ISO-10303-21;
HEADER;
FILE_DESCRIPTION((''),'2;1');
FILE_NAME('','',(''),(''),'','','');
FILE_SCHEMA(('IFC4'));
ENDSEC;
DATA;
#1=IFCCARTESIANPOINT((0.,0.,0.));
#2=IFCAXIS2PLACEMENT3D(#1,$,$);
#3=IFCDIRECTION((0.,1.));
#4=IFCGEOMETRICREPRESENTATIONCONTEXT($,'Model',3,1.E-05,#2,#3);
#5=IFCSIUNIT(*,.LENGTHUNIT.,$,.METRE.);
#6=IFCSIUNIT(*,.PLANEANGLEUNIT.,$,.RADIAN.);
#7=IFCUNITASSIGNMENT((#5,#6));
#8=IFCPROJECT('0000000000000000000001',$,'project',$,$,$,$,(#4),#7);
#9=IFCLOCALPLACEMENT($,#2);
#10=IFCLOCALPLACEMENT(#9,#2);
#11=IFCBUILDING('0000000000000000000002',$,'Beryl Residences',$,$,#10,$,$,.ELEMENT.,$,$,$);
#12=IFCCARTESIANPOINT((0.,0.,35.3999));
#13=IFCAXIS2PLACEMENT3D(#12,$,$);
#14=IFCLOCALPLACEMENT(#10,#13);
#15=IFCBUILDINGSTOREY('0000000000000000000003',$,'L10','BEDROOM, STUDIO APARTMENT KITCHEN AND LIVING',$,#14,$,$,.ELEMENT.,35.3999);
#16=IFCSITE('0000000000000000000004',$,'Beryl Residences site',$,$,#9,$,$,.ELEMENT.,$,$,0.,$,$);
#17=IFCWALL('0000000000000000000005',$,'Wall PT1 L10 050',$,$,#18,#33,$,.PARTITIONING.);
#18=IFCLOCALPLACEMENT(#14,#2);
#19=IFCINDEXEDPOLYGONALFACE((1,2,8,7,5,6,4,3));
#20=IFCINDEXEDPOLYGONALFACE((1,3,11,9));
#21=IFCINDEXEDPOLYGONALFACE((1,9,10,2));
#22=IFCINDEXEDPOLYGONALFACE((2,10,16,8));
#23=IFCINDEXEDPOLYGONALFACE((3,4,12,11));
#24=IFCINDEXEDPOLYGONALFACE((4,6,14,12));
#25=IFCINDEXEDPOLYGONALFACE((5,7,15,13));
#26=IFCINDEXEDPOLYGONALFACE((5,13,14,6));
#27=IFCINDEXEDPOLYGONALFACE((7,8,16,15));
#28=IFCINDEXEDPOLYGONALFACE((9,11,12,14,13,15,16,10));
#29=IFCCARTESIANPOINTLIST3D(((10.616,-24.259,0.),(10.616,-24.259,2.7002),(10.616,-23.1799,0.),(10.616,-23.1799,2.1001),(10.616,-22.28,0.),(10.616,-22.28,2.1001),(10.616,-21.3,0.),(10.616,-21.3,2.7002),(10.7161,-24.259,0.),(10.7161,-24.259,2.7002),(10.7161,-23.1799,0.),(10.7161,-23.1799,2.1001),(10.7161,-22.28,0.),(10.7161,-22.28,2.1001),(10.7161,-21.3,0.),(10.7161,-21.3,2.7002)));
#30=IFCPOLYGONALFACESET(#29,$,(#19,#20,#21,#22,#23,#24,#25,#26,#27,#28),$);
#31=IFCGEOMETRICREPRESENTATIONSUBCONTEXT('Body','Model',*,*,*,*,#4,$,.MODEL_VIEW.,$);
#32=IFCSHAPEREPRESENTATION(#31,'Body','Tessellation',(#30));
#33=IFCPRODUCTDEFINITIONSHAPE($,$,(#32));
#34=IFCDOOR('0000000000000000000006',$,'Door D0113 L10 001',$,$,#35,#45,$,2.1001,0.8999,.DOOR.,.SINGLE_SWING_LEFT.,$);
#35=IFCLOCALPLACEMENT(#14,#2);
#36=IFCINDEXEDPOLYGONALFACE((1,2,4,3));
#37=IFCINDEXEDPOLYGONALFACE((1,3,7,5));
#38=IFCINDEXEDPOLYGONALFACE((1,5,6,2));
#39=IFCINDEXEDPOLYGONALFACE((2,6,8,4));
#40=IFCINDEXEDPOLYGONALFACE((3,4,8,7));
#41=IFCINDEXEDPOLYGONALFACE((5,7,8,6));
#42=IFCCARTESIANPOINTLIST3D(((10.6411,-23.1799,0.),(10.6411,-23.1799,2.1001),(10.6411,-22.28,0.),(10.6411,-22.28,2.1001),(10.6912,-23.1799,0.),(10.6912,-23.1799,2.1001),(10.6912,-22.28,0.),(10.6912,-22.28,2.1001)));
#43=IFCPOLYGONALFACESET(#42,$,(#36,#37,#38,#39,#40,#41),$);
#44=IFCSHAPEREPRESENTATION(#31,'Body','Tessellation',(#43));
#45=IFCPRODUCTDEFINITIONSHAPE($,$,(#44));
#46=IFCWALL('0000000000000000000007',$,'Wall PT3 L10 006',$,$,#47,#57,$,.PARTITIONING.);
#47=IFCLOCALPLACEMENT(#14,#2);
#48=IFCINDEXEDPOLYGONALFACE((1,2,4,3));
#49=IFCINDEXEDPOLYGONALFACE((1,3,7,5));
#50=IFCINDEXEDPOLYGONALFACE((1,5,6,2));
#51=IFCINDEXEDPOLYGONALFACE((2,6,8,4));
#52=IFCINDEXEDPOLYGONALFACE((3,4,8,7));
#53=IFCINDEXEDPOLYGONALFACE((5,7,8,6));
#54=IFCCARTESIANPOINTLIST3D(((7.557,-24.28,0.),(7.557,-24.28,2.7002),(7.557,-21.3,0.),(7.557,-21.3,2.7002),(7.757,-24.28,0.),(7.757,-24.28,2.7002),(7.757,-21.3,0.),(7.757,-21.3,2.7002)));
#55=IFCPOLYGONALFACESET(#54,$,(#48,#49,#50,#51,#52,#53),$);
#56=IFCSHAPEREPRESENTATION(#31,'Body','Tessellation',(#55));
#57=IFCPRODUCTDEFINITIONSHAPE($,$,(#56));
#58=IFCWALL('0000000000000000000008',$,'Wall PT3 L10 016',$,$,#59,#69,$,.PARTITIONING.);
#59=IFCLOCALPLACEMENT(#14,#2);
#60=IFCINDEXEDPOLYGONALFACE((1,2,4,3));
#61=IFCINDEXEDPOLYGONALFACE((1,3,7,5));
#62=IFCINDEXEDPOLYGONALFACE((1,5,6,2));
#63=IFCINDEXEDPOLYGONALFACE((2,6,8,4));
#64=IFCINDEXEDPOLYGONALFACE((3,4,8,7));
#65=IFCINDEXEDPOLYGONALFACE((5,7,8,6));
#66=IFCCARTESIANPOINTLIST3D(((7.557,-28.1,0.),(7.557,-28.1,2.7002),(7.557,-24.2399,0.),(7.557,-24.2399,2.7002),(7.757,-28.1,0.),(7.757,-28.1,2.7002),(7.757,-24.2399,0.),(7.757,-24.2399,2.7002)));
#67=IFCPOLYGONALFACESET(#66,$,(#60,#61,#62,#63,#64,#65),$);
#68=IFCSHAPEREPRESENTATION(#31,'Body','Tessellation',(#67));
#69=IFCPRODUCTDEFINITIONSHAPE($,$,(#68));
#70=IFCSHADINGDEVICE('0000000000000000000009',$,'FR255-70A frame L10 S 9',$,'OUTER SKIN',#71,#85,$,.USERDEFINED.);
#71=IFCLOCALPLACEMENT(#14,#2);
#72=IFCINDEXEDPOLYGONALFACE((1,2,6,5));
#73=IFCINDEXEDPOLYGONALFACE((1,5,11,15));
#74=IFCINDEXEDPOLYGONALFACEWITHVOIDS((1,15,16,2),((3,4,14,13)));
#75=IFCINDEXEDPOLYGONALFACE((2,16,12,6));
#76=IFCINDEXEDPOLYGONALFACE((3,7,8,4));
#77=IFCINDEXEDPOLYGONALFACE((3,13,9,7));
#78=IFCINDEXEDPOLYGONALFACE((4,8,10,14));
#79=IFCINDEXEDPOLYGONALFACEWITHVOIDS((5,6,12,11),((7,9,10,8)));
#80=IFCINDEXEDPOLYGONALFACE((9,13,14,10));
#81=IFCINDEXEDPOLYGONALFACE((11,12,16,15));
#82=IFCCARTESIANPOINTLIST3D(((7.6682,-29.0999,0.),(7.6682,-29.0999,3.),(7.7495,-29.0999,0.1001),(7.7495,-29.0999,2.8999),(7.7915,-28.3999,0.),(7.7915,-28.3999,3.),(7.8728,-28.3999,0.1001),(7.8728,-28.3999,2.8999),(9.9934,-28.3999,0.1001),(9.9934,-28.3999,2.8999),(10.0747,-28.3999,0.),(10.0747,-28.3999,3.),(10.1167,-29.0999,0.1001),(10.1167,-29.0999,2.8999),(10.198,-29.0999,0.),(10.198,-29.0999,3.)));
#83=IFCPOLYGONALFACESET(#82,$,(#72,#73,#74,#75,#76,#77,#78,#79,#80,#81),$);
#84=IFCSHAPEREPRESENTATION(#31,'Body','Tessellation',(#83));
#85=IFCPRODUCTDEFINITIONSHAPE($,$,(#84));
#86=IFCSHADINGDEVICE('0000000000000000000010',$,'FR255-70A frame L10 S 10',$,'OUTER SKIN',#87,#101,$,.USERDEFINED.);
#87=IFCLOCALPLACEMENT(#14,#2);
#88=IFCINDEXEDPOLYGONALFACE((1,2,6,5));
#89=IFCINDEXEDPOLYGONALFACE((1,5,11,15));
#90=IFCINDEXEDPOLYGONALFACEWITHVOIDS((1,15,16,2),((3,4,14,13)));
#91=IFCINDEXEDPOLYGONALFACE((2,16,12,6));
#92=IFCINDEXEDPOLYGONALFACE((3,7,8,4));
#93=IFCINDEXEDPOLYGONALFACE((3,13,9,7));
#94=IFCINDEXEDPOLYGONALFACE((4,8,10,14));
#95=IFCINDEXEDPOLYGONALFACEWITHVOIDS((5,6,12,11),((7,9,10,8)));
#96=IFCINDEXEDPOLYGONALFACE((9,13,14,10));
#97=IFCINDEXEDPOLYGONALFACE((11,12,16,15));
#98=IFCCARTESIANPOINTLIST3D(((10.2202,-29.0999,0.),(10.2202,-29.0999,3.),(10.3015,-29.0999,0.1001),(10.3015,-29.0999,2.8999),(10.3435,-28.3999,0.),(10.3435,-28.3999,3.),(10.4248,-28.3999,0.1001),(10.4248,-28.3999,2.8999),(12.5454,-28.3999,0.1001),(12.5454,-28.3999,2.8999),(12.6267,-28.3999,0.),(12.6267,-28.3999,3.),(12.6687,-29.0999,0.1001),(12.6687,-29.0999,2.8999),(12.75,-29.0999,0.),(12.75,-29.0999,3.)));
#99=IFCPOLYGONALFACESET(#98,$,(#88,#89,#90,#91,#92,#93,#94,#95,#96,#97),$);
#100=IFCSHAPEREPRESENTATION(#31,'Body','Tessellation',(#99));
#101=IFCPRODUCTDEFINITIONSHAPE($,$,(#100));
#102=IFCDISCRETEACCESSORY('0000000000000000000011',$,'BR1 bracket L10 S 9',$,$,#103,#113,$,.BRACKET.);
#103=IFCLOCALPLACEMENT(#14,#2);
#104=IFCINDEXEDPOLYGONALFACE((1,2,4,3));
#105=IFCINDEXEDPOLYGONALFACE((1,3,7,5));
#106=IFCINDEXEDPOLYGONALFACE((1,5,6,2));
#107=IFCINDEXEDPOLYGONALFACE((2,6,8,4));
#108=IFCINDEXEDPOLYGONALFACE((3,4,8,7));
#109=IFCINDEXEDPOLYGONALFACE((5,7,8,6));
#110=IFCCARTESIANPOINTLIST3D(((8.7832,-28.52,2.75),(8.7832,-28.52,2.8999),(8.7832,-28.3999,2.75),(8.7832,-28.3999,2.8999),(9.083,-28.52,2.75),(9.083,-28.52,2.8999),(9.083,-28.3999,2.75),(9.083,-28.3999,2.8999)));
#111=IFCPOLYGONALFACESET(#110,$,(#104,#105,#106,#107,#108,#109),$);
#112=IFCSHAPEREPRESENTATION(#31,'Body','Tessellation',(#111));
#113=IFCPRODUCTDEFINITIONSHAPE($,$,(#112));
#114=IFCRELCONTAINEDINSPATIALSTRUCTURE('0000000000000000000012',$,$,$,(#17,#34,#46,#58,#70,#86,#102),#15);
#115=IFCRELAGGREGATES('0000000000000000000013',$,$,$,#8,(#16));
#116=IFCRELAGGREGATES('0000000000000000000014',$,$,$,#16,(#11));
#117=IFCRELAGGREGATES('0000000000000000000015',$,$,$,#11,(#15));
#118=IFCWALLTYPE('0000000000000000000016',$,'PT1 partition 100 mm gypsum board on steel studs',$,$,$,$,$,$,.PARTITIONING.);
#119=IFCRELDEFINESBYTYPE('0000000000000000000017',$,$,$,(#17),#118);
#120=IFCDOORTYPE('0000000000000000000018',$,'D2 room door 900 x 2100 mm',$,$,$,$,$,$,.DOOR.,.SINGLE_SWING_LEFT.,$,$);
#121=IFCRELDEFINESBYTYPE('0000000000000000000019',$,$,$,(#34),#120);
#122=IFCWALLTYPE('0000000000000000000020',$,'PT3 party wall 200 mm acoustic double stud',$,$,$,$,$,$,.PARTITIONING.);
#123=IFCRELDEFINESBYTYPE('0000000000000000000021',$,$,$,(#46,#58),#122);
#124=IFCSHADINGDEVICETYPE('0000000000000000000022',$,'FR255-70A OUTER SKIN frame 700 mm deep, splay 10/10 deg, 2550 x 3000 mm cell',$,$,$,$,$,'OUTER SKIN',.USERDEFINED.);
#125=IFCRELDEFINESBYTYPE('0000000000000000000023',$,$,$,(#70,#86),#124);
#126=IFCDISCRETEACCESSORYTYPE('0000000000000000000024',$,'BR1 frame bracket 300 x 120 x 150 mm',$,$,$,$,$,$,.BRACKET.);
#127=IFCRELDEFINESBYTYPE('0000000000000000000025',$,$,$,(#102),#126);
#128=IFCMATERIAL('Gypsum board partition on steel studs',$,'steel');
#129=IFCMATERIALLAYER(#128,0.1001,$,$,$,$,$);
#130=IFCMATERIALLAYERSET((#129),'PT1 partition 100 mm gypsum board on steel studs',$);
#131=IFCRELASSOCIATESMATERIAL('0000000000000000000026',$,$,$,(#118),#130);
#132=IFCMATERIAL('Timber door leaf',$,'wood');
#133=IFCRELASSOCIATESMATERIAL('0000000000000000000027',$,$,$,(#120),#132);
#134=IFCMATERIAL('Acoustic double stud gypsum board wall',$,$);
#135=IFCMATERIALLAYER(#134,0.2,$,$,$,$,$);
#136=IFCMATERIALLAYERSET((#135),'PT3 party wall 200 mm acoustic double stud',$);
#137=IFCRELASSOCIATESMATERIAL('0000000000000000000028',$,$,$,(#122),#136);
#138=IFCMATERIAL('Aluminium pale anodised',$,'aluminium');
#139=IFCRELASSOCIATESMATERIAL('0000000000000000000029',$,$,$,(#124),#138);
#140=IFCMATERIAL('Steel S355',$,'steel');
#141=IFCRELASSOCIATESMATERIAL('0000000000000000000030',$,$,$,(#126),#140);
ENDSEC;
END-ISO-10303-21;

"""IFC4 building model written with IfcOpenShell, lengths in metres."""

from ifc_helpers import new_model, entity, si_unit, direction, frame, frame_2d, origin, place, context, subcontext, project, spatial, polyline, rectangle, outline, extrude, source, transform, mapped, material, layer, layer_set, type_object, type_shapes, element, fill, save


model = new_model("IFC4")

# Units and contexts
model_context = context("Model", 3, precision=1e-05, world=origin(), true_north=direction((0.0, 1.0)))
body_context = subcontext(model_context, "Body", "Model", "MODEL_VIEW")
ifc_project = project(units=[si_unit("LENGTHUNIT", "METRE"), si_unit("PLANEANGLEUNIT", "RADIAN")], contexts=[model_context])

# Site, building, storey
site_placement = place(None, origin())
site = spatial("IfcSite", under=ifc_project, at=site_placement, Name="Beryl Residences site", CompositionType="ELEMENT", RefElevation=0.0)
building_placement = place(site_placement, origin())
building = spatial("IfcBuilding", under=site, at=building_placement, Name="Beryl Residences", CompositionType="ELEMENT")
storey_placement = place(building_placement, frame((0.0, 0.0, 35.3999)))
storey = spatial("IfcBuildingStorey", under=building, at=storey_placement, Name="L10", Description="BEDROOM, STUDIO APARTMENT KITCHEN AND LIVING", CompositionType="ELEMENT", Elevation=35.3999)

# Shared definitions
ifc_material_1 = material(Name="Gypsum board partition on steel studs", Category="steel")
ifc_layer_1 = layer(ifc_material_1, 0.1001)
ifc_layer_set_1 = layer_set([ifc_layer_1], Name="PT1 partition 100 mm gypsum board on steel studs")
wall_type_1 = type_object("IfcWallType", Name="PT1 partition 100 mm gypsum board on steel studs", PredefinedType="PARTITIONING", material=ifc_layer_set_1)

# Wall, opening, door
wall_1_placement = place(storey_placement, frame((10.666, -24.259, 0.0), z_axis=(0.0, 0.0, 1.0), x_axis=(0.0, 1.0, 0.0)))
wall_1 = element("IfcWall", 1, at=wall_1_placement, inside=storey, type_object=wall_type_1, Name="Wall PT1 L10 050", PredefinedType="PARTITIONING", context=body_context, shape_type="SweptSolid", body=[
    extrude(rectangle(XDim=2.959, YDim=0.1001, at=frame_2d((1.4795, 0.0))), origin(), (0.0, 0.0, 1.0), 2.7002),
])
opening_1_placement = place(wall_1_placement, frame((1.0791, 0.0, 0.0)))
opening_1 = element("IfcOpeningElement", 2, at=opening_1_placement, cuts=wall_1, PredefinedType="OPENING", context=body_context, shape_type="SweptSolid", body=[
    extrude(rectangle(XDim=0.8999, YDim=2.1001, at=frame_2d((0.45, 1.05))), frame((0.0, 0.0601, 0.0), z_axis=(0.0, -1.0, 0.0), x_axis=(1.0, 0.0, 0.0)), (0.0, 0.0, 1.0), 0.1201),
])
ifc_material_2 = material(Name="Timber door leaf", Category="wood")
door_type_1 = type_object("IfcDoorType", Name="D2 room door 900 x 2100 mm", OperationType="SINGLE_SWING_LEFT", PredefinedType="DOOR", material=ifc_material_2)
door_1_placement = place(opening_1_placement, origin())
door_1 = element("IfcDoor", 3, at=door_1_placement, inside=storey, type_object=door_type_1, Name="Door D0113 L10 001", OperationType="SINGLE_SWING_LEFT", OverallHeight=2.1001, OverallWidth=0.8999, PredefinedType="DOOR", context=body_context, shape_type="SweptSolid", body=[
    extrude(rectangle(XDim=0.8999, YDim=2.1001, at=frame_2d((0.45, 1.05))), frame((0.0, 0.0249, 0.0), z_axis=(0.0, -1.0, 0.0), x_axis=(1.0, 0.0, 0.0)), (0.0, 0.0, 1.0), 0.05),
])
fill(opening_1, door_1)

# Walls
ifc_material_3 = material(Name="Acoustic double stud gypsum board wall")
ifc_layer_2 = layer(ifc_material_3, 0.2)
ifc_layer_set_2 = layer_set([ifc_layer_2], Name="PT3 party wall 200 mm acoustic double stud")
wall_type_2 = type_object("IfcWallType", Name="PT3 party wall 200 mm acoustic double stud", PredefinedType="PARTITIONING", material=ifc_layer_set_2)
wall_2_placement = place(storey_placement, frame((7.657, -21.3, 0.0), z_axis=(0.0, 0.0, 1.0), x_axis=(0.0, -1.0, 0.0)))
element("IfcWall", 4, at=wall_2_placement, inside=storey, type_object=wall_type_2, Name="Wall PT3 L10 006", PredefinedType="PARTITIONING", context=body_context, shape_type="SweptSolid", body=[
    extrude(rectangle(XDim=2.98, YDim=0.2, at=frame_2d((1.49, 0.0))), origin(), (0.0, 0.0, 1.0), 2.7002),
])
wall_3_placement = place(storey_placement, frame((7.657, -28.1001, 0.0), z_axis=(0.0, 0.0, 1.0), x_axis=(0.0, 1.0, 0.0)))
element("IfcWall", 5, at=wall_3_placement, inside=storey, type_object=wall_type_2, Name="Wall PT3 L10 016", PredefinedType="PARTITIONING", context=body_context, shape_type="SweptSolid", body=[
    extrude(rectangle(XDim=3.8601, YDim=0.2, at=frame_2d((1.9302, 0.0))), origin(), (0.0, 0.0, 1.0), 2.7002),
])

# Shading devices
ifc_material_4 = material(Name="Aluminium pale anodised", Category="aluminium")
shading_device_type = type_object("IfcShadingDeviceType", Name="FR255-70A OUTER SKIN frame 700 mm deep, splay 10/10 deg, 2550 x 3000 mm cell", ElementType="OUTER SKIN", PredefinedType="USERDEFINED", material=ifc_material_4)
cartesian_point_1 = entity("IfcCartesianPoint", [-1.1416, 0.0])
cartesian_point_2 = entity("IfcCartesianPoint", [-1.0603, 0.1001])
cartesian_point_3 = entity("IfcCartesianPoint", [-1.2649, 0.0])
cartesian_point_4 = entity("IfcCartesianPoint", [-1.1836, 0.1001])
shared_shape_1 = source(origin(), body_context, "Body", "SweptSolid", [
    entity("IfcExtrudedAreaSolidTapered", entity("IfcArbitraryProfileDefWithVoids", "AREA", None, entity("IfcPolyline", [cartesian_point_1, entity("IfcCartesianPoint", [1.1416, 0.0]), entity("IfcCartesianPoint", [1.1416, 3.0]), entity("IfcCartesianPoint", [-1.1416, 3.0]), cartesian_point_1]), [entity("IfcPolyline", [cartesian_point_2, entity("IfcCartesianPoint", [1.0603, 0.1001]), entity("IfcCartesianPoint", [1.0603, 2.8999]), entity("IfcCartesianPoint", [-1.0603, 2.8999]), cartesian_point_2])]), entity("IfcAxis2Placement3D", entity("IfcCartesianPoint", [0.0, 0.0, 0.0]), entity("IfcDirection", [0.0, 1.0, 0.0]), entity("IfcDirection", [-1.0, 0.0, 0.0])), entity("IfcDirection", [0.0, 0.0, 1.0]), 0.7, entity("IfcArbitraryProfileDefWithVoids", "AREA", None, entity("IfcPolyline", [cartesian_point_3, entity("IfcCartesianPoint", [1.2649, 0.0]), entity("IfcCartesianPoint", [1.2649, 3.0]), entity("IfcCartesianPoint", [-1.2649, 3.0]), cartesian_point_3]), [entity("IfcPolyline", [cartesian_point_4, entity("IfcCartesianPoint", [1.1836, 0.1001]), entity("IfcCartesianPoint", [1.1836, 2.8999]), entity("IfcCartesianPoint", [-1.1836, 2.8999]), cartesian_point_4])])),
])
type_shapes(shading_device_type, [shared_shape_1])
for number, where, z_axis, x_axis, name in (
    (6, (8.9331, -28.3999, 0.0), (0.0, 0.0, 1.0), (-1.0, 0.0, 0.0), "FR255-70A frame L10 S 9"),
    (7, (11.4851, -28.3999, 0.0), (0.0, 0.0, 1.0), (-1.0, 0.0, 0.0), "FR255-70A frame L10 S 10"),
):
    element("IfcShadingDevice", number, at=place(storey_placement, frame(where, z_axis=z_axis, x_axis=x_axis)), inside=storey, type_object=shading_device_type, Name=name, ObjectType="OUTER SKIN", PredefinedType="USERDEFINED", context=body_context, shape_type="MappedRepresentation", body=[
        mapped(shared_shape_1, transform((0.0, 0.0, 0.0))),
    ])

# Discrete accessory
ifc_material_5 = material(Name="Steel S355", Category="steel")
discrete_accessory_type = type_object("IfcDiscreteAccessoryType", Name="BR1 frame bracket 300 x 120 x 150 mm", PredefinedType="BRACKET", material=ifc_material_5)
shared_shape_2 = source(origin(), body_context, "Body", "SweptSolid", [
    extrude(outline(polyline([(-0.1499, 0.0), (0.1499, 0.0), (0.1499, 0.1201), (-0.1499, 0.1201), (-0.1499, 0.0)])), origin(), (0.0, 0.0, 1.0), 0.1499),
])
type_shapes(discrete_accessory_type, [shared_shape_2])
discrete_accessory_placement = place(storey_placement, frame((8.9331, -28.3999, 2.75), z_axis=(0.0, 0.0, 1.0), x_axis=(-1.0, 0.0, 0.0)))
element("IfcDiscreteAccessory", 8, at=discrete_accessory_placement, inside=storey, type_object=discrete_accessory_type, Name="BR1 bracket L10 S 9", PredefinedType="BRACKET", context=body_context, shape_type="MappedRepresentation", body=[
    mapped(shared_shape_2, transform((0.0, 0.0, 0.0))),
])

save(model, "model.ifc")
